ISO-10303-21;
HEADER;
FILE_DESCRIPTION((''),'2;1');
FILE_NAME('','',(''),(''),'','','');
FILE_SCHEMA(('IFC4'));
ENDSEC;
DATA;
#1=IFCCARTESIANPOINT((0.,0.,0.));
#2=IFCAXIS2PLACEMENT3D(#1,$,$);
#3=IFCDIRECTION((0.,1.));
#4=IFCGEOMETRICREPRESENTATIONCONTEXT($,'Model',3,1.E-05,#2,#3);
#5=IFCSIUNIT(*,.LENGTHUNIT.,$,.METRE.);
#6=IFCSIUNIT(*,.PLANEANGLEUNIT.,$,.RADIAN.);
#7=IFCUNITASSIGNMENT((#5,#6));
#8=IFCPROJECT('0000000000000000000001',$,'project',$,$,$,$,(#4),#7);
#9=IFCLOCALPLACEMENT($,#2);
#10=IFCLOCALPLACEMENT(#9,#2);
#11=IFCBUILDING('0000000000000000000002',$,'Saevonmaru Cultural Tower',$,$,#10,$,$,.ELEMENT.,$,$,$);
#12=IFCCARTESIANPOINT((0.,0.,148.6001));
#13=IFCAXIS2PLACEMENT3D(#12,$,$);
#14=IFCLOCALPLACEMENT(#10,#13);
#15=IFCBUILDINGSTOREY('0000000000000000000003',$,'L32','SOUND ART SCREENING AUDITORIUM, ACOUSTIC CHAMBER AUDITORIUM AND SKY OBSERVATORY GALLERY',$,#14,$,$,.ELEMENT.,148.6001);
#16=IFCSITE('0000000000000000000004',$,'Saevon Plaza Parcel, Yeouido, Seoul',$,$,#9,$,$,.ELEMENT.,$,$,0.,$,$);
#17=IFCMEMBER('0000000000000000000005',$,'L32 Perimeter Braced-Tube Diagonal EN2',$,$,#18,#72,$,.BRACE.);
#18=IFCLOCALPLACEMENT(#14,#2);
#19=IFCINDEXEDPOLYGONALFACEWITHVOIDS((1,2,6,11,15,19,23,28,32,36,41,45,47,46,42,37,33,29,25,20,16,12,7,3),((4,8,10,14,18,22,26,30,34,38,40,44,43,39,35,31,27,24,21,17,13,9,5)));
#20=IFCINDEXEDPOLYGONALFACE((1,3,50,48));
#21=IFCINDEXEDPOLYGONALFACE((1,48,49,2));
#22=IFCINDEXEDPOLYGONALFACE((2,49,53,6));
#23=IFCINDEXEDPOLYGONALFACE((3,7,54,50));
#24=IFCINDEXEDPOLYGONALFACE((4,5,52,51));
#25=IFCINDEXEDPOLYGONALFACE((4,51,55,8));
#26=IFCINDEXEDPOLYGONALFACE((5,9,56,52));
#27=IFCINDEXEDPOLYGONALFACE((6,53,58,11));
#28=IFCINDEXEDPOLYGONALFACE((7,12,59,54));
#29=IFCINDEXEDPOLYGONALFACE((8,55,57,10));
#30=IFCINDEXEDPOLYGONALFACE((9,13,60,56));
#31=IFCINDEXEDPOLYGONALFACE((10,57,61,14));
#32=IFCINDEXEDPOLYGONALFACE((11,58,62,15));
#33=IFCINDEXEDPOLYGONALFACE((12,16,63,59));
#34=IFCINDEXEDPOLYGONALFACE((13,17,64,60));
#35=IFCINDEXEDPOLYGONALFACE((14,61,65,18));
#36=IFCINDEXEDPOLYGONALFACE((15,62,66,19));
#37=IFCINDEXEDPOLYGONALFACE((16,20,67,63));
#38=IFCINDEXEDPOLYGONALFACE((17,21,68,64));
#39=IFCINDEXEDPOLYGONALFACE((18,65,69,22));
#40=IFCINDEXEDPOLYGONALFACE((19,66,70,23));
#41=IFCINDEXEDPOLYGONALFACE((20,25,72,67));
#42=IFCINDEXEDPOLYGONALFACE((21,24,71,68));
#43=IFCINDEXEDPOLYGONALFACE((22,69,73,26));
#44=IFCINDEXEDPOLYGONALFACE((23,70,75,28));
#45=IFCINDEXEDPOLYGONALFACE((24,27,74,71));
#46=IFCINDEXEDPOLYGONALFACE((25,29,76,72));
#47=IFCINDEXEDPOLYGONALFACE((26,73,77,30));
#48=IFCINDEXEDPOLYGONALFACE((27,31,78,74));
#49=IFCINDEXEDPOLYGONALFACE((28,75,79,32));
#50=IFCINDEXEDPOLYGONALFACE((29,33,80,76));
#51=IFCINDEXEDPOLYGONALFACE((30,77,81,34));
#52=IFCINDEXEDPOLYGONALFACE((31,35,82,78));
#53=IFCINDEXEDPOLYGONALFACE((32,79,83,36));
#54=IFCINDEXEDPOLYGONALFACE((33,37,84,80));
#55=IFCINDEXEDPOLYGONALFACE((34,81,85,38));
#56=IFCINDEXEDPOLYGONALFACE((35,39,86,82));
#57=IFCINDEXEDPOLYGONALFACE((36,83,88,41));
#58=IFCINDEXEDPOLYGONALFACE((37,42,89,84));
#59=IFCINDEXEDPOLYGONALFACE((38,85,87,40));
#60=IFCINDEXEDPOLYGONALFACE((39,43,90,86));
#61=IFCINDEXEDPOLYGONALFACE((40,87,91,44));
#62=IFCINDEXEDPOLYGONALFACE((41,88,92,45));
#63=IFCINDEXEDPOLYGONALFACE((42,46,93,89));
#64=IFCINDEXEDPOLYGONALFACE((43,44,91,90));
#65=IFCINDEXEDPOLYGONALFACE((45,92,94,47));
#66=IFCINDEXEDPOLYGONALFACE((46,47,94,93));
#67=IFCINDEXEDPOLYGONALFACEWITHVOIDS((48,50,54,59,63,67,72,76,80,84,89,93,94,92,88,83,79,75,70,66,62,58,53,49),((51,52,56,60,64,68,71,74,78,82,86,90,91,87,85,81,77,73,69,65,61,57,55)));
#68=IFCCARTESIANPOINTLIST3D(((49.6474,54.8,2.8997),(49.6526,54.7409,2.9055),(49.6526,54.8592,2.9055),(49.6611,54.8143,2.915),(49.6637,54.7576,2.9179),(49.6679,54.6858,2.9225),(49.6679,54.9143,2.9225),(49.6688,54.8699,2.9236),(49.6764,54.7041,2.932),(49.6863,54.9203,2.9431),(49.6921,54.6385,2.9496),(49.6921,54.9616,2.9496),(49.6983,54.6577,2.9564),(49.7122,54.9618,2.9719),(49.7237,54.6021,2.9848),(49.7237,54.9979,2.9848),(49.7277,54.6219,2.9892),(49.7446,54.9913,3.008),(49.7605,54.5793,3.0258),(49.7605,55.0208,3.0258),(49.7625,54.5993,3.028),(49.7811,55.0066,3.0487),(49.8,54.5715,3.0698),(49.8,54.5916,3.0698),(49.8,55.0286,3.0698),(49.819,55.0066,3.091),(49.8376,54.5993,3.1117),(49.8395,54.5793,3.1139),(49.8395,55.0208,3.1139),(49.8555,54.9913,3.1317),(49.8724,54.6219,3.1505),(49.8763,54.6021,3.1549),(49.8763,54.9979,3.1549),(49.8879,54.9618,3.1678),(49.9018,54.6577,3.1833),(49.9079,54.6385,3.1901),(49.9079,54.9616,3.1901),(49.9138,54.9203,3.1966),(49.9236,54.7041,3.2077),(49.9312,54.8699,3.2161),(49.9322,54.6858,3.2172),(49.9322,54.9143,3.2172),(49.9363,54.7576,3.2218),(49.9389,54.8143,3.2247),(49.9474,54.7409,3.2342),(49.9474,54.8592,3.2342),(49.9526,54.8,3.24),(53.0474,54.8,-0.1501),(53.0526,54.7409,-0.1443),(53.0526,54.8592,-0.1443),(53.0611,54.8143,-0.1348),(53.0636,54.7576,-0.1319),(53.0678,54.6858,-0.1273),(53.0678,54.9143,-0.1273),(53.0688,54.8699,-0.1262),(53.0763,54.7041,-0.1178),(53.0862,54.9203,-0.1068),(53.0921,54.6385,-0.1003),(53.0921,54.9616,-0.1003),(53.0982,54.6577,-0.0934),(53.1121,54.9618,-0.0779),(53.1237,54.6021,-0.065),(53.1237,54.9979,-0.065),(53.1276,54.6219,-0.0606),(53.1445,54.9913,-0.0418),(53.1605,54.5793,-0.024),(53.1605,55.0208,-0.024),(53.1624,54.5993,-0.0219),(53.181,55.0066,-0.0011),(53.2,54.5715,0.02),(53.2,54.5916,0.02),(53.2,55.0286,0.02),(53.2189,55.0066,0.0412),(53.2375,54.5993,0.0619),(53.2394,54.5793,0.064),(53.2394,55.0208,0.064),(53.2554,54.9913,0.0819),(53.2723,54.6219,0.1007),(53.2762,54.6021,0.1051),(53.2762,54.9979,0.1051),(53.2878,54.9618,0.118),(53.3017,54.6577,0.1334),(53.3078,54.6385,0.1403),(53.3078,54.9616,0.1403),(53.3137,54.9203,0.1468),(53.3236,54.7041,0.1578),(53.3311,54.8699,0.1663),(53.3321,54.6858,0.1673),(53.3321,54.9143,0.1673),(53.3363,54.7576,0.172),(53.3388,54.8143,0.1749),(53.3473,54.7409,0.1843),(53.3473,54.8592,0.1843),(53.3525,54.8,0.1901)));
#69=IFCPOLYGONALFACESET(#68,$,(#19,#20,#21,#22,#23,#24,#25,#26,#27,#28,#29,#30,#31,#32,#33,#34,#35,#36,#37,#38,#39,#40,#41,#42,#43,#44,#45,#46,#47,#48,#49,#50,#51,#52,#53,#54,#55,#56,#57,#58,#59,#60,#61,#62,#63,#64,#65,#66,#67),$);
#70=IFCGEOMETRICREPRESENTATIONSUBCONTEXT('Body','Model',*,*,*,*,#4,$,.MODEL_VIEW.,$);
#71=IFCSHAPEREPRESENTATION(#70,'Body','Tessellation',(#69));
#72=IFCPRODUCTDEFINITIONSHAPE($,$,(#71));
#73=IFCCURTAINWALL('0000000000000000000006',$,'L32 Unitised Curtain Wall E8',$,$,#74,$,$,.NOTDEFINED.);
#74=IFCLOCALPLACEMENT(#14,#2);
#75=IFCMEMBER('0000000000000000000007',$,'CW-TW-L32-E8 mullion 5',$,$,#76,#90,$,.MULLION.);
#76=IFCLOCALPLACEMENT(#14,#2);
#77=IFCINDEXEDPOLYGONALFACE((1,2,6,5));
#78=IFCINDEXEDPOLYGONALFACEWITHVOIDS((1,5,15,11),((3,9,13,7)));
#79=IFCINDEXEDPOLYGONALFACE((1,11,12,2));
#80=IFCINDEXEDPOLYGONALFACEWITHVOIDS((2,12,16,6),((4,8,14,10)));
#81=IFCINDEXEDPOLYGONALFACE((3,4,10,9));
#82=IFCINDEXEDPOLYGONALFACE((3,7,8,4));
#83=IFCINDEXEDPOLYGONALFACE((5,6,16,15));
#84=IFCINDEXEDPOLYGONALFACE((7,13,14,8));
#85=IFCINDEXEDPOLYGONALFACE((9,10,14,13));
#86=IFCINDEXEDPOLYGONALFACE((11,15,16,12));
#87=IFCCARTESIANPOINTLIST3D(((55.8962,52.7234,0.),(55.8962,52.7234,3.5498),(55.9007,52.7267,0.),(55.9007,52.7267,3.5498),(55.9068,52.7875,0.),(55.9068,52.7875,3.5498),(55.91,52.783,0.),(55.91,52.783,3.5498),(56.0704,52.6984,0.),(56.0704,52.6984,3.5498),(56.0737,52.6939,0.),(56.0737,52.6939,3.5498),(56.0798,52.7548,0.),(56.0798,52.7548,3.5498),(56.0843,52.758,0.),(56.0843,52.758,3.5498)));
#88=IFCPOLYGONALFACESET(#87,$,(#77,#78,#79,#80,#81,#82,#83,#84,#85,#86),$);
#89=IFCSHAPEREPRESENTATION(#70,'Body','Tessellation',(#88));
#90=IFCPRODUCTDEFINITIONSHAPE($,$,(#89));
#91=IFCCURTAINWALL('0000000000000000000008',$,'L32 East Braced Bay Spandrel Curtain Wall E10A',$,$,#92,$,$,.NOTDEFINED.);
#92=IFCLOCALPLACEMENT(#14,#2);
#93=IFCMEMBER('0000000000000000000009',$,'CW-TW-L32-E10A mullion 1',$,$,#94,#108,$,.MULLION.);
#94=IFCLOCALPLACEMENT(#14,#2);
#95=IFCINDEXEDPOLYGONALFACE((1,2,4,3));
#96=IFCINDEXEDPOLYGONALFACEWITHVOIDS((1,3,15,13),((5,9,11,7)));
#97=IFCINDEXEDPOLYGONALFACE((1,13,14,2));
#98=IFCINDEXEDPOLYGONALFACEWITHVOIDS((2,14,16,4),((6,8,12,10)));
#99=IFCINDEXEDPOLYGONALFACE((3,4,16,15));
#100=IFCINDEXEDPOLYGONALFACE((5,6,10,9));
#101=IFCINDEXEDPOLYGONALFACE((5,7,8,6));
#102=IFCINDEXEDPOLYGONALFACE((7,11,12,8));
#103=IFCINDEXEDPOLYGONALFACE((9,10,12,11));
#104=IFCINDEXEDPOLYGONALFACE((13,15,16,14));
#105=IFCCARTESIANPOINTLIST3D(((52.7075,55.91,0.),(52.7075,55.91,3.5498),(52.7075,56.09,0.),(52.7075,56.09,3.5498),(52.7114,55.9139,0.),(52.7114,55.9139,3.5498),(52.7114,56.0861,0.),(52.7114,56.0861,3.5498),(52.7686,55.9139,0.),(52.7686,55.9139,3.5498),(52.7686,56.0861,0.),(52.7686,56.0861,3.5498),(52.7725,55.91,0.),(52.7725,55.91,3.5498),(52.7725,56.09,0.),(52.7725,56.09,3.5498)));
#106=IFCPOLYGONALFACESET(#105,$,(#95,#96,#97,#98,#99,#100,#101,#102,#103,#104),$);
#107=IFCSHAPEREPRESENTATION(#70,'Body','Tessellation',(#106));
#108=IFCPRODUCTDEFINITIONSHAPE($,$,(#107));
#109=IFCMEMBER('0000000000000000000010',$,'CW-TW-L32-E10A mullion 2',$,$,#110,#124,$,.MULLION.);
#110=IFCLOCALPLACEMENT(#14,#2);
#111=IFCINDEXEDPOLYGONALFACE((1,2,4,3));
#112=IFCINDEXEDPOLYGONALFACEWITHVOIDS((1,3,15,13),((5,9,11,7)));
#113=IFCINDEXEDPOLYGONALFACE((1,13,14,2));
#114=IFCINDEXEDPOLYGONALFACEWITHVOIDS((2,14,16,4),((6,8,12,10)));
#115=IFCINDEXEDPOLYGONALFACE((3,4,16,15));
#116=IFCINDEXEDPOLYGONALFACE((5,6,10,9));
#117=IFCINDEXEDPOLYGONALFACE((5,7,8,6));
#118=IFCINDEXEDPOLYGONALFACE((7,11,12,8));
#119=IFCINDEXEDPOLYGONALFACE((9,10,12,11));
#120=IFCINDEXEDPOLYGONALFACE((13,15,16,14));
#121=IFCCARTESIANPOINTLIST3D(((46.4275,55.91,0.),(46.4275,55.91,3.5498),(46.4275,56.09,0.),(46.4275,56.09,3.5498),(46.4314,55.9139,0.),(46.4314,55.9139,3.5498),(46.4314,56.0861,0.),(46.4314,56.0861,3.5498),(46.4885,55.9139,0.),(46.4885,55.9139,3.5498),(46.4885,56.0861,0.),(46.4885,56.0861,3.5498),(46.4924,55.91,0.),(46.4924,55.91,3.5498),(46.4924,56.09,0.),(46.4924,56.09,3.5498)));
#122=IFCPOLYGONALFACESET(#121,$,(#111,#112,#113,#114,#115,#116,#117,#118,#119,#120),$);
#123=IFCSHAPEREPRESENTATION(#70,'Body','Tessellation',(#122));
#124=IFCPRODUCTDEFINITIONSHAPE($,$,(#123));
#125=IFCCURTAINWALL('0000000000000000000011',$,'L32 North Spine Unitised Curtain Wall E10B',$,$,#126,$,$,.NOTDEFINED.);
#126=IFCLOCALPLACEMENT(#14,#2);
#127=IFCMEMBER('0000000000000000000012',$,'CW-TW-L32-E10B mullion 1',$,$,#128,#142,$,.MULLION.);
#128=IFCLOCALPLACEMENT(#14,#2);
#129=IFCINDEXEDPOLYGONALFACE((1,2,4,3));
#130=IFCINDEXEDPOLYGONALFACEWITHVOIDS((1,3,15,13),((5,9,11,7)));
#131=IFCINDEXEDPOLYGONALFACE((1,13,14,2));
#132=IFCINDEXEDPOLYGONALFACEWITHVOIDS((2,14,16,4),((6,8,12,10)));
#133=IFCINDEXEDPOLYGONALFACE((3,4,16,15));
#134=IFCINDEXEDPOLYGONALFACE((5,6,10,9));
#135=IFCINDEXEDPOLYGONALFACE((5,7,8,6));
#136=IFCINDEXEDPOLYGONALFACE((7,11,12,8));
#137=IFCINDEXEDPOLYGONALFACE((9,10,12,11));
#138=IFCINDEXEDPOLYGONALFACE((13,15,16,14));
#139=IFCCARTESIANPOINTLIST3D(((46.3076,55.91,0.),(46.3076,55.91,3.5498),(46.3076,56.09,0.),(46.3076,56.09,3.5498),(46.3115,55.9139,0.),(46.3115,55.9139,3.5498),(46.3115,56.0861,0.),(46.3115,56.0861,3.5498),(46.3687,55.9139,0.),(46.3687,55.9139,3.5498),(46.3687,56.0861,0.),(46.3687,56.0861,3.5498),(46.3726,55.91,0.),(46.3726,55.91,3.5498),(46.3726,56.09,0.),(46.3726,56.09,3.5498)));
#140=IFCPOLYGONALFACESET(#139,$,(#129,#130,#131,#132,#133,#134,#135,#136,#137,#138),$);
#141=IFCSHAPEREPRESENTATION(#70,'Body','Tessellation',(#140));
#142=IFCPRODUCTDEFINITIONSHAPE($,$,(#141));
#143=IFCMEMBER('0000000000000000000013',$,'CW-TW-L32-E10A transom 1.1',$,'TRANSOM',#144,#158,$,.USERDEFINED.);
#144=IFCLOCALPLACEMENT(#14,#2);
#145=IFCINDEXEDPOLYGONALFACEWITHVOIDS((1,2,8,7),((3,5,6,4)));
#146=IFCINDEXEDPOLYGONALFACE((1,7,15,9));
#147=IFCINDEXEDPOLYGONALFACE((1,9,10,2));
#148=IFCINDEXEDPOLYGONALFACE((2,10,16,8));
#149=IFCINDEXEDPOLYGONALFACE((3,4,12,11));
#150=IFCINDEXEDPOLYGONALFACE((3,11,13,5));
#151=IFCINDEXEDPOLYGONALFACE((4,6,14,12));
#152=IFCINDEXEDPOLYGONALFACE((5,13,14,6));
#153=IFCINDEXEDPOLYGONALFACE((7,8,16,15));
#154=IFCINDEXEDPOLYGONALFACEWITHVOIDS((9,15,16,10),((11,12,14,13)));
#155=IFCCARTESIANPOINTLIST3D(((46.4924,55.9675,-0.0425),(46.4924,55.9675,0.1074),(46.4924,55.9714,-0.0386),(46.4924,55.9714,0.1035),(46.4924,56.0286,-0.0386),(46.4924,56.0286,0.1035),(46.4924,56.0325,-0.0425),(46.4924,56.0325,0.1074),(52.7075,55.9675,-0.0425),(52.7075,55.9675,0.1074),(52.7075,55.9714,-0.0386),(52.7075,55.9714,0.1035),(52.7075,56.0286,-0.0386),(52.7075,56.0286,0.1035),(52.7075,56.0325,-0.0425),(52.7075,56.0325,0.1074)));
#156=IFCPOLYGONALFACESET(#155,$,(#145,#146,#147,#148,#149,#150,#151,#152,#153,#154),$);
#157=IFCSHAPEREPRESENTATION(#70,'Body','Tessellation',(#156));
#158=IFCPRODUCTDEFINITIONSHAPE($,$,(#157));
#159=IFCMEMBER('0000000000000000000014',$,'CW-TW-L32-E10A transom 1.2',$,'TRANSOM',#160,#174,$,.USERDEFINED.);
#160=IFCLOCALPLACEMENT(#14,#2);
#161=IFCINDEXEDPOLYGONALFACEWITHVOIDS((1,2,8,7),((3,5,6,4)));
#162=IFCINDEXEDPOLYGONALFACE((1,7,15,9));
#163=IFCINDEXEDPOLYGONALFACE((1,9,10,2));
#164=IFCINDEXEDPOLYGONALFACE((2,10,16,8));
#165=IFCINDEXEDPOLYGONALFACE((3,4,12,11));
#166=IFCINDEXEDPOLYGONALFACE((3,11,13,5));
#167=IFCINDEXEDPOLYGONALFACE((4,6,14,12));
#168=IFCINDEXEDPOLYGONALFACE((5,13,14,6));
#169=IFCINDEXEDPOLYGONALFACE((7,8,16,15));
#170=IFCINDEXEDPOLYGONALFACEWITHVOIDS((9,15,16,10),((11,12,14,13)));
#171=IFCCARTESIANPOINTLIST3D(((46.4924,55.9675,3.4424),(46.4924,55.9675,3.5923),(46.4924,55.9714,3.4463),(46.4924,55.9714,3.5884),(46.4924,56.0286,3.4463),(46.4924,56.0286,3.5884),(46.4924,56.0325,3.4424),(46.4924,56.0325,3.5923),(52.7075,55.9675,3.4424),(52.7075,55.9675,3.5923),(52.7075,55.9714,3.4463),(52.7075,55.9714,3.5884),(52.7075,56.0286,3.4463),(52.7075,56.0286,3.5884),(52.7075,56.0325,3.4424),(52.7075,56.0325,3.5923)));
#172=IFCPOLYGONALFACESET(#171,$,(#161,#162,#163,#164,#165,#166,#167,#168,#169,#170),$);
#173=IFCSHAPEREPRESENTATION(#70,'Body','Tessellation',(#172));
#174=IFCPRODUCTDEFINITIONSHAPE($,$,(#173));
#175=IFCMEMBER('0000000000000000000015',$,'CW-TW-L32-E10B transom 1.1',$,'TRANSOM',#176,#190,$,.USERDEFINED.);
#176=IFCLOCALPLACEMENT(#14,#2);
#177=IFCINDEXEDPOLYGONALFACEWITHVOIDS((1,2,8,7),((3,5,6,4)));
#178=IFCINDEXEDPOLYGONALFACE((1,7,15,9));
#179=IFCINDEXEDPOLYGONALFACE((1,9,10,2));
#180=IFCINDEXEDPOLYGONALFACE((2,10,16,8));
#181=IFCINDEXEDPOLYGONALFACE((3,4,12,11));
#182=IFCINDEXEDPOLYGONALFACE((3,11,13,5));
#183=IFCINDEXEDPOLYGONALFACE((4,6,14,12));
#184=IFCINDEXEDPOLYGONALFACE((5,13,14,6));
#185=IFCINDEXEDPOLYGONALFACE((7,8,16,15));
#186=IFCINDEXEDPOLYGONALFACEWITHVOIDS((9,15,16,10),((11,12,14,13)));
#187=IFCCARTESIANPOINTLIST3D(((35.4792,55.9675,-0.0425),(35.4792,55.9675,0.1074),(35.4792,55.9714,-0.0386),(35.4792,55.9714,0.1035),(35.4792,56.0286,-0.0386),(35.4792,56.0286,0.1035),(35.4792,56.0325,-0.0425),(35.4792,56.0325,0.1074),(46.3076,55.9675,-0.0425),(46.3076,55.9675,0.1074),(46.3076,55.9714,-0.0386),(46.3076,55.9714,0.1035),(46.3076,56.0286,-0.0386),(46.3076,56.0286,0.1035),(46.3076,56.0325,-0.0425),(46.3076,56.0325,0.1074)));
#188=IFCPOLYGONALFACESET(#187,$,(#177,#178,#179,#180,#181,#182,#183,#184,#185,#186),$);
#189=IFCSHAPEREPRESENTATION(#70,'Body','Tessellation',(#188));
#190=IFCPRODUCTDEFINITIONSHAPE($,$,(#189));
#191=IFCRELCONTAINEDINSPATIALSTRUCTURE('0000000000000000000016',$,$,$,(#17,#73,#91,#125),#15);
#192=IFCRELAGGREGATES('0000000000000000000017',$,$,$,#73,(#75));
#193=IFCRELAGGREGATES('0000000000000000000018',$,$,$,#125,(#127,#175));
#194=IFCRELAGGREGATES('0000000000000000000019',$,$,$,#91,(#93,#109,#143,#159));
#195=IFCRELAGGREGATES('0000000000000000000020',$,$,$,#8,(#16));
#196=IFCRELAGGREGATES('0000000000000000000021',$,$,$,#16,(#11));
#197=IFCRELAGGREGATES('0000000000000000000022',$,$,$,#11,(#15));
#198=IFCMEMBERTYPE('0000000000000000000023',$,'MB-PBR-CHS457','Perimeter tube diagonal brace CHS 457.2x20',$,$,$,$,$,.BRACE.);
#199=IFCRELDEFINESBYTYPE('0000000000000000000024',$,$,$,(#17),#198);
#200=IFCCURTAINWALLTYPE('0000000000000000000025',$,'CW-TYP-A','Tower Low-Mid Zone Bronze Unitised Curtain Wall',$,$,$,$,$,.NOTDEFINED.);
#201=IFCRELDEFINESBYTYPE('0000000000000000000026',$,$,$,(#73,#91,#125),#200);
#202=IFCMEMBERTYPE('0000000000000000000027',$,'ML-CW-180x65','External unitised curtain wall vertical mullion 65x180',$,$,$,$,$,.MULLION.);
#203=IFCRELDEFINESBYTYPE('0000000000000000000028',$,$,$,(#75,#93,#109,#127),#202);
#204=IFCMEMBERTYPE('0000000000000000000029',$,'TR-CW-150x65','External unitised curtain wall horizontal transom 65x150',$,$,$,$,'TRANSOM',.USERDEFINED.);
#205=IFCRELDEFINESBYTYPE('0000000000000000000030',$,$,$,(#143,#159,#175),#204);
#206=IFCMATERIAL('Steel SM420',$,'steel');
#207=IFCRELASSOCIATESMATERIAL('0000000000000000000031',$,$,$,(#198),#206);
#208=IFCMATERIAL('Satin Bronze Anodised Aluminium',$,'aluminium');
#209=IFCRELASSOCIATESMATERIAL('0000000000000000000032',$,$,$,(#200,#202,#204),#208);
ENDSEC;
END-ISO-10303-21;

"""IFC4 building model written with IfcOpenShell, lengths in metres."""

from ifc_helpers import new_model, si_unit, direction, frame, origin, origin_2d, place, context, subcontext, project, spatial, hollow_rectangle, hollow_circle, extrude, material, material_profile, profile_set, type_object, element, aggregate, save


model = new_model("IFC4")

# Units and contexts
model_context = context("Model", 3, precision=1e-05, world=origin(), true_north=direction((0.0, 1.0)))
body_context = subcontext(model_context, "Body", "Model", "MODEL_VIEW")
ifc_project = project(units=[si_unit("LENGTHUNIT", "METRE"), si_unit("PLANEANGLEUNIT", "RADIAN")], contexts=[model_context])

# Site, building, storey
site_placement = place(None, origin())
site = spatial("IfcSite", under=ifc_project, at=site_placement, Name="Saevon Plaza Parcel, Yeouido, Seoul", CompositionType="ELEMENT", RefElevation=0.0)
building_placement = place(site_placement, origin())
building = spatial("IfcBuilding", under=site, at=building_placement, Name="Saevonmaru Cultural Tower", CompositionType="ELEMENT")
storey_placement = place(building_placement, frame((0.0, 0.0, 148.6001)))
storey = spatial("IfcBuildingStorey", under=building, at=storey_placement, Name="L32", Description="SOUND ART SCREENING AUDITORIUM, ACOUSTIC CHAMBER AUDITORIUM AND SKY OBSERVATORY GALLERY", CompositionType="ELEMENT", Elevation=148.6001)

# Shared definitions
ifc_material_1 = material(Name="Steel SM420", Category="steel")

# Member
ifc_material_profile_1 = material_profile(ifc_material_1, hollow_circle(Radius=0.2285, WallThickness=0.02, at=origin_2d()), Name="CHS-457.2x20")
ifc_profile_set_1 = profile_set([ifc_material_profile_1], Name="Steel SM420")
member_type_1 = type_object("IfcMemberType", Name="MB-PBR-CHS457", Description="Perimeter tube diagonal brace CHS 457.2x20", PredefinedType="BRACE", material=ifc_profile_set_1)
member_1_placement = place(storey_placement, frame((53.2, 54.8, 0.02), z_axis=(-0.744394, 0.0, 0.667741), x_axis=(0.0, -1.0, 0.0)))
element("IfcMember", 1, at=member_1_placement, inside=storey, type_object=member_type_1, Name="L32 Perimeter Braced-Tube Diagonal EN2", PredefinedType="BRACE", context=body_context, shape_type="SweptSolid", body=[
    extrude(hollow_circle(Radius=0.2285, WallThickness=0.02, at=origin_2d()), origin(), (0.0, 0.0, 1.0), 4.5674),
])

# Curtain wall, member
ifc_material_2 = material(Name="Satin Bronze Anodised Aluminium", Category="aluminium")
curtain_wall_type = type_object("IfcCurtainWallType", Name="CW-TYP-A", Description="Tower Low-Mid Zone Bronze Unitised Curtain Wall", PredefinedType="NOTDEFINED", material=ifc_material_2)
curtain_wall_1_placement = place(storey_placement, origin())
curtain_wall_1 = element("IfcCurtainWall", 2, at=curtain_wall_1_placement, inside=storey, type_object=curtain_wall_type, Name="L32 Unitised Curtain Wall E8", PredefinedType="NOTDEFINED")
ifc_material_profile_2 = material_profile(ifc_material_2, hollow_rectangle(XDim=0.0649, YDim=0.1799, WallThickness=0.0039, at=origin_2d()), Name="ALU-MULL-180x65x4")
ifc_profile_set_2 = profile_set([ifc_material_profile_2], Name="Satin Bronze Anodised Aluminium")
member_type_2 = type_object("IfcMemberType", Name="ML-CW-180x65", Description="External unitised curtain wall vertical mullion 65x180", PredefinedType="MULLION", material=ifc_profile_set_2)
member_2_placement = place(storey_placement, frame((55.9902, 52.7407, 0.0), z_axis=(0.0, 0.0, 1.0), x_axis=(0.163999, 0.986461, 0.0)))
member_2 = element("IfcMember", 3, at=member_2_placement, type_object=member_type_2, Name="CW-TW-L32-E8 mullion 5", PredefinedType="MULLION", context=body_context, shape_type="SweptSolid", body=[
    extrude(hollow_rectangle(XDim=0.0649, YDim=0.1799, WallThickness=0.0039, at=origin_2d()), origin(), (0.0, 0.0, 1.0), 3.5498),
])
aggregate(curtain_wall_1, [member_2])

# Curtain wall, members
curtain_wall_2_placement = place(storey_placement, origin())
curtain_wall_2 = element("IfcCurtainWall", 4, at=curtain_wall_2_placement, inside=storey, type_object=curtain_wall_type, Name="L32 East Braced Bay Spandrel Curtain Wall E10A", PredefinedType="NOTDEFINED")
member_3_placement = place(storey_placement, frame((52.74, 56.0, 0.0), z_axis=(0.0, 0.0, 1.0), x_axis=(-1.0, 0.0, 0.0)))
member_3 = element("IfcMember", 5, at=member_3_placement, type_object=member_type_2, Name="CW-TW-L32-E10A mullion 1", PredefinedType="MULLION", context=body_context, shape_type="SweptSolid", body=[
    extrude(hollow_rectangle(XDim=0.0649, YDim=0.1799, WallThickness=0.0039, at=origin_2d()), origin(), (0.0, 0.0, 1.0), 3.5498),
])
member_4_placement = place(storey_placement, frame((46.46, 56.0, 0.0), z_axis=(0.0, 0.0, 1.0), x_axis=(-1.0, 0.0, 0.0)))
member_4 = element("IfcMember", 6, at=member_4_placement, type_object=member_type_2, Name="CW-TW-L32-E10A mullion 2", PredefinedType="MULLION", context=body_context, shape_type="SweptSolid", body=[
    extrude(hollow_rectangle(XDim=0.0649, YDim=0.1799, WallThickness=0.0039, at=origin_2d()), origin(), (0.0, 0.0, 1.0), 3.5498),
])

# Curtain wall, member
curtain_wall_3_placement = place(storey_placement, origin())
curtain_wall_3 = element("IfcCurtainWall", 7, at=curtain_wall_3_placement, inside=storey, type_object=curtain_wall_type, Name="L32 North Spine Unitised Curtain Wall E10B", PredefinedType="NOTDEFINED")
member_5_placement = place(storey_placement, frame((46.3401, 56.0, 0.0), z_axis=(0.0, 0.0, 1.0), x_axis=(-1.0, 0.0, 0.0)))
member_5 = element("IfcMember", 8, at=member_5_placement, type_object=member_type_2, Name="CW-TW-L32-E10B mullion 1", PredefinedType="MULLION", context=body_context, shape_type="SweptSolid", body=[
    extrude(hollow_rectangle(XDim=0.0649, YDim=0.1799, WallThickness=0.0039, at=origin_2d()), origin(), (0.0, 0.0, 1.0), 3.5498),
])

# Members
ifc_material_profile_3 = material_profile(ifc_material_2, hollow_rectangle(XDim=0.0649, YDim=0.1499, WallThickness=0.0039, at=origin_2d()), Name="ALU-TRAN-150x65x4")
ifc_profile_set_3 = profile_set([ifc_material_profile_3], Name="Satin Bronze Anodised Aluminium")
member_type_3 = type_object("IfcMemberType", Name="TR-CW-150x65", Description="External unitised curtain wall horizontal transom 65x150", ElementType="TRANSOM", PredefinedType="USERDEFINED", material=ifc_profile_set_3)
member_6_placement = place(storey_placement, frame((52.7075, 56.0, 0.0325), z_axis=(-1.0, 0.0, 0.0), x_axis=(0.0, -1.0, 0.0)))
member_6 = element("IfcMember", 9, at=member_6_placement, type_object=member_type_3, Name="CW-TW-L32-E10A transom 1.1", ObjectType="TRANSOM", PredefinedType="USERDEFINED", context=body_context, shape_type="SweptSolid", body=[
    extrude(hollow_rectangle(XDim=0.0649, YDim=0.1499, WallThickness=0.0039, at=origin_2d()), origin(), (0.0, 0.0, 1.0), 6.2151),
])
member_7_placement = place(storey_placement, frame((52.7075, 56.0, 3.5173), z_axis=(-1.0, 0.0, 0.0), x_axis=(0.0, -1.0, 0.0)))
member_7 = element("IfcMember", 10, at=member_7_placement, type_object=member_type_3, Name="CW-TW-L32-E10A transom 1.2", ObjectType="TRANSOM", PredefinedType="USERDEFINED", context=body_context, shape_type="SweptSolid", body=[
    extrude(hollow_rectangle(XDim=0.0649, YDim=0.1499, WallThickness=0.0039, at=origin_2d()), origin(), (0.0, 0.0, 1.0), 6.2151),
])
member_8_placement = place(storey_placement, frame((46.3076, 56.0, 0.0325), z_axis=(-1.0, 0.0, 0.0), x_axis=(0.0, -1.0, 0.0)))
member_8 = element("IfcMember", 11, at=member_8_placement, type_object=member_type_3, Name="CW-TW-L32-E10B transom 1.1", ObjectType="TRANSOM", PredefinedType="USERDEFINED", context=body_context, shape_type="SweptSolid", body=[
    extrude(hollow_rectangle(XDim=0.0649, YDim=0.1499, WallThickness=0.0039, at=origin_2d()), origin(), (0.0, 0.0, 1.0), 10.8284),
])
aggregate(curtain_wall_3, [member_5, member_8])

aggregate(curtain_wall_2, [member_3, member_4, member_6, member_7])

save(model, "model.ifc")
